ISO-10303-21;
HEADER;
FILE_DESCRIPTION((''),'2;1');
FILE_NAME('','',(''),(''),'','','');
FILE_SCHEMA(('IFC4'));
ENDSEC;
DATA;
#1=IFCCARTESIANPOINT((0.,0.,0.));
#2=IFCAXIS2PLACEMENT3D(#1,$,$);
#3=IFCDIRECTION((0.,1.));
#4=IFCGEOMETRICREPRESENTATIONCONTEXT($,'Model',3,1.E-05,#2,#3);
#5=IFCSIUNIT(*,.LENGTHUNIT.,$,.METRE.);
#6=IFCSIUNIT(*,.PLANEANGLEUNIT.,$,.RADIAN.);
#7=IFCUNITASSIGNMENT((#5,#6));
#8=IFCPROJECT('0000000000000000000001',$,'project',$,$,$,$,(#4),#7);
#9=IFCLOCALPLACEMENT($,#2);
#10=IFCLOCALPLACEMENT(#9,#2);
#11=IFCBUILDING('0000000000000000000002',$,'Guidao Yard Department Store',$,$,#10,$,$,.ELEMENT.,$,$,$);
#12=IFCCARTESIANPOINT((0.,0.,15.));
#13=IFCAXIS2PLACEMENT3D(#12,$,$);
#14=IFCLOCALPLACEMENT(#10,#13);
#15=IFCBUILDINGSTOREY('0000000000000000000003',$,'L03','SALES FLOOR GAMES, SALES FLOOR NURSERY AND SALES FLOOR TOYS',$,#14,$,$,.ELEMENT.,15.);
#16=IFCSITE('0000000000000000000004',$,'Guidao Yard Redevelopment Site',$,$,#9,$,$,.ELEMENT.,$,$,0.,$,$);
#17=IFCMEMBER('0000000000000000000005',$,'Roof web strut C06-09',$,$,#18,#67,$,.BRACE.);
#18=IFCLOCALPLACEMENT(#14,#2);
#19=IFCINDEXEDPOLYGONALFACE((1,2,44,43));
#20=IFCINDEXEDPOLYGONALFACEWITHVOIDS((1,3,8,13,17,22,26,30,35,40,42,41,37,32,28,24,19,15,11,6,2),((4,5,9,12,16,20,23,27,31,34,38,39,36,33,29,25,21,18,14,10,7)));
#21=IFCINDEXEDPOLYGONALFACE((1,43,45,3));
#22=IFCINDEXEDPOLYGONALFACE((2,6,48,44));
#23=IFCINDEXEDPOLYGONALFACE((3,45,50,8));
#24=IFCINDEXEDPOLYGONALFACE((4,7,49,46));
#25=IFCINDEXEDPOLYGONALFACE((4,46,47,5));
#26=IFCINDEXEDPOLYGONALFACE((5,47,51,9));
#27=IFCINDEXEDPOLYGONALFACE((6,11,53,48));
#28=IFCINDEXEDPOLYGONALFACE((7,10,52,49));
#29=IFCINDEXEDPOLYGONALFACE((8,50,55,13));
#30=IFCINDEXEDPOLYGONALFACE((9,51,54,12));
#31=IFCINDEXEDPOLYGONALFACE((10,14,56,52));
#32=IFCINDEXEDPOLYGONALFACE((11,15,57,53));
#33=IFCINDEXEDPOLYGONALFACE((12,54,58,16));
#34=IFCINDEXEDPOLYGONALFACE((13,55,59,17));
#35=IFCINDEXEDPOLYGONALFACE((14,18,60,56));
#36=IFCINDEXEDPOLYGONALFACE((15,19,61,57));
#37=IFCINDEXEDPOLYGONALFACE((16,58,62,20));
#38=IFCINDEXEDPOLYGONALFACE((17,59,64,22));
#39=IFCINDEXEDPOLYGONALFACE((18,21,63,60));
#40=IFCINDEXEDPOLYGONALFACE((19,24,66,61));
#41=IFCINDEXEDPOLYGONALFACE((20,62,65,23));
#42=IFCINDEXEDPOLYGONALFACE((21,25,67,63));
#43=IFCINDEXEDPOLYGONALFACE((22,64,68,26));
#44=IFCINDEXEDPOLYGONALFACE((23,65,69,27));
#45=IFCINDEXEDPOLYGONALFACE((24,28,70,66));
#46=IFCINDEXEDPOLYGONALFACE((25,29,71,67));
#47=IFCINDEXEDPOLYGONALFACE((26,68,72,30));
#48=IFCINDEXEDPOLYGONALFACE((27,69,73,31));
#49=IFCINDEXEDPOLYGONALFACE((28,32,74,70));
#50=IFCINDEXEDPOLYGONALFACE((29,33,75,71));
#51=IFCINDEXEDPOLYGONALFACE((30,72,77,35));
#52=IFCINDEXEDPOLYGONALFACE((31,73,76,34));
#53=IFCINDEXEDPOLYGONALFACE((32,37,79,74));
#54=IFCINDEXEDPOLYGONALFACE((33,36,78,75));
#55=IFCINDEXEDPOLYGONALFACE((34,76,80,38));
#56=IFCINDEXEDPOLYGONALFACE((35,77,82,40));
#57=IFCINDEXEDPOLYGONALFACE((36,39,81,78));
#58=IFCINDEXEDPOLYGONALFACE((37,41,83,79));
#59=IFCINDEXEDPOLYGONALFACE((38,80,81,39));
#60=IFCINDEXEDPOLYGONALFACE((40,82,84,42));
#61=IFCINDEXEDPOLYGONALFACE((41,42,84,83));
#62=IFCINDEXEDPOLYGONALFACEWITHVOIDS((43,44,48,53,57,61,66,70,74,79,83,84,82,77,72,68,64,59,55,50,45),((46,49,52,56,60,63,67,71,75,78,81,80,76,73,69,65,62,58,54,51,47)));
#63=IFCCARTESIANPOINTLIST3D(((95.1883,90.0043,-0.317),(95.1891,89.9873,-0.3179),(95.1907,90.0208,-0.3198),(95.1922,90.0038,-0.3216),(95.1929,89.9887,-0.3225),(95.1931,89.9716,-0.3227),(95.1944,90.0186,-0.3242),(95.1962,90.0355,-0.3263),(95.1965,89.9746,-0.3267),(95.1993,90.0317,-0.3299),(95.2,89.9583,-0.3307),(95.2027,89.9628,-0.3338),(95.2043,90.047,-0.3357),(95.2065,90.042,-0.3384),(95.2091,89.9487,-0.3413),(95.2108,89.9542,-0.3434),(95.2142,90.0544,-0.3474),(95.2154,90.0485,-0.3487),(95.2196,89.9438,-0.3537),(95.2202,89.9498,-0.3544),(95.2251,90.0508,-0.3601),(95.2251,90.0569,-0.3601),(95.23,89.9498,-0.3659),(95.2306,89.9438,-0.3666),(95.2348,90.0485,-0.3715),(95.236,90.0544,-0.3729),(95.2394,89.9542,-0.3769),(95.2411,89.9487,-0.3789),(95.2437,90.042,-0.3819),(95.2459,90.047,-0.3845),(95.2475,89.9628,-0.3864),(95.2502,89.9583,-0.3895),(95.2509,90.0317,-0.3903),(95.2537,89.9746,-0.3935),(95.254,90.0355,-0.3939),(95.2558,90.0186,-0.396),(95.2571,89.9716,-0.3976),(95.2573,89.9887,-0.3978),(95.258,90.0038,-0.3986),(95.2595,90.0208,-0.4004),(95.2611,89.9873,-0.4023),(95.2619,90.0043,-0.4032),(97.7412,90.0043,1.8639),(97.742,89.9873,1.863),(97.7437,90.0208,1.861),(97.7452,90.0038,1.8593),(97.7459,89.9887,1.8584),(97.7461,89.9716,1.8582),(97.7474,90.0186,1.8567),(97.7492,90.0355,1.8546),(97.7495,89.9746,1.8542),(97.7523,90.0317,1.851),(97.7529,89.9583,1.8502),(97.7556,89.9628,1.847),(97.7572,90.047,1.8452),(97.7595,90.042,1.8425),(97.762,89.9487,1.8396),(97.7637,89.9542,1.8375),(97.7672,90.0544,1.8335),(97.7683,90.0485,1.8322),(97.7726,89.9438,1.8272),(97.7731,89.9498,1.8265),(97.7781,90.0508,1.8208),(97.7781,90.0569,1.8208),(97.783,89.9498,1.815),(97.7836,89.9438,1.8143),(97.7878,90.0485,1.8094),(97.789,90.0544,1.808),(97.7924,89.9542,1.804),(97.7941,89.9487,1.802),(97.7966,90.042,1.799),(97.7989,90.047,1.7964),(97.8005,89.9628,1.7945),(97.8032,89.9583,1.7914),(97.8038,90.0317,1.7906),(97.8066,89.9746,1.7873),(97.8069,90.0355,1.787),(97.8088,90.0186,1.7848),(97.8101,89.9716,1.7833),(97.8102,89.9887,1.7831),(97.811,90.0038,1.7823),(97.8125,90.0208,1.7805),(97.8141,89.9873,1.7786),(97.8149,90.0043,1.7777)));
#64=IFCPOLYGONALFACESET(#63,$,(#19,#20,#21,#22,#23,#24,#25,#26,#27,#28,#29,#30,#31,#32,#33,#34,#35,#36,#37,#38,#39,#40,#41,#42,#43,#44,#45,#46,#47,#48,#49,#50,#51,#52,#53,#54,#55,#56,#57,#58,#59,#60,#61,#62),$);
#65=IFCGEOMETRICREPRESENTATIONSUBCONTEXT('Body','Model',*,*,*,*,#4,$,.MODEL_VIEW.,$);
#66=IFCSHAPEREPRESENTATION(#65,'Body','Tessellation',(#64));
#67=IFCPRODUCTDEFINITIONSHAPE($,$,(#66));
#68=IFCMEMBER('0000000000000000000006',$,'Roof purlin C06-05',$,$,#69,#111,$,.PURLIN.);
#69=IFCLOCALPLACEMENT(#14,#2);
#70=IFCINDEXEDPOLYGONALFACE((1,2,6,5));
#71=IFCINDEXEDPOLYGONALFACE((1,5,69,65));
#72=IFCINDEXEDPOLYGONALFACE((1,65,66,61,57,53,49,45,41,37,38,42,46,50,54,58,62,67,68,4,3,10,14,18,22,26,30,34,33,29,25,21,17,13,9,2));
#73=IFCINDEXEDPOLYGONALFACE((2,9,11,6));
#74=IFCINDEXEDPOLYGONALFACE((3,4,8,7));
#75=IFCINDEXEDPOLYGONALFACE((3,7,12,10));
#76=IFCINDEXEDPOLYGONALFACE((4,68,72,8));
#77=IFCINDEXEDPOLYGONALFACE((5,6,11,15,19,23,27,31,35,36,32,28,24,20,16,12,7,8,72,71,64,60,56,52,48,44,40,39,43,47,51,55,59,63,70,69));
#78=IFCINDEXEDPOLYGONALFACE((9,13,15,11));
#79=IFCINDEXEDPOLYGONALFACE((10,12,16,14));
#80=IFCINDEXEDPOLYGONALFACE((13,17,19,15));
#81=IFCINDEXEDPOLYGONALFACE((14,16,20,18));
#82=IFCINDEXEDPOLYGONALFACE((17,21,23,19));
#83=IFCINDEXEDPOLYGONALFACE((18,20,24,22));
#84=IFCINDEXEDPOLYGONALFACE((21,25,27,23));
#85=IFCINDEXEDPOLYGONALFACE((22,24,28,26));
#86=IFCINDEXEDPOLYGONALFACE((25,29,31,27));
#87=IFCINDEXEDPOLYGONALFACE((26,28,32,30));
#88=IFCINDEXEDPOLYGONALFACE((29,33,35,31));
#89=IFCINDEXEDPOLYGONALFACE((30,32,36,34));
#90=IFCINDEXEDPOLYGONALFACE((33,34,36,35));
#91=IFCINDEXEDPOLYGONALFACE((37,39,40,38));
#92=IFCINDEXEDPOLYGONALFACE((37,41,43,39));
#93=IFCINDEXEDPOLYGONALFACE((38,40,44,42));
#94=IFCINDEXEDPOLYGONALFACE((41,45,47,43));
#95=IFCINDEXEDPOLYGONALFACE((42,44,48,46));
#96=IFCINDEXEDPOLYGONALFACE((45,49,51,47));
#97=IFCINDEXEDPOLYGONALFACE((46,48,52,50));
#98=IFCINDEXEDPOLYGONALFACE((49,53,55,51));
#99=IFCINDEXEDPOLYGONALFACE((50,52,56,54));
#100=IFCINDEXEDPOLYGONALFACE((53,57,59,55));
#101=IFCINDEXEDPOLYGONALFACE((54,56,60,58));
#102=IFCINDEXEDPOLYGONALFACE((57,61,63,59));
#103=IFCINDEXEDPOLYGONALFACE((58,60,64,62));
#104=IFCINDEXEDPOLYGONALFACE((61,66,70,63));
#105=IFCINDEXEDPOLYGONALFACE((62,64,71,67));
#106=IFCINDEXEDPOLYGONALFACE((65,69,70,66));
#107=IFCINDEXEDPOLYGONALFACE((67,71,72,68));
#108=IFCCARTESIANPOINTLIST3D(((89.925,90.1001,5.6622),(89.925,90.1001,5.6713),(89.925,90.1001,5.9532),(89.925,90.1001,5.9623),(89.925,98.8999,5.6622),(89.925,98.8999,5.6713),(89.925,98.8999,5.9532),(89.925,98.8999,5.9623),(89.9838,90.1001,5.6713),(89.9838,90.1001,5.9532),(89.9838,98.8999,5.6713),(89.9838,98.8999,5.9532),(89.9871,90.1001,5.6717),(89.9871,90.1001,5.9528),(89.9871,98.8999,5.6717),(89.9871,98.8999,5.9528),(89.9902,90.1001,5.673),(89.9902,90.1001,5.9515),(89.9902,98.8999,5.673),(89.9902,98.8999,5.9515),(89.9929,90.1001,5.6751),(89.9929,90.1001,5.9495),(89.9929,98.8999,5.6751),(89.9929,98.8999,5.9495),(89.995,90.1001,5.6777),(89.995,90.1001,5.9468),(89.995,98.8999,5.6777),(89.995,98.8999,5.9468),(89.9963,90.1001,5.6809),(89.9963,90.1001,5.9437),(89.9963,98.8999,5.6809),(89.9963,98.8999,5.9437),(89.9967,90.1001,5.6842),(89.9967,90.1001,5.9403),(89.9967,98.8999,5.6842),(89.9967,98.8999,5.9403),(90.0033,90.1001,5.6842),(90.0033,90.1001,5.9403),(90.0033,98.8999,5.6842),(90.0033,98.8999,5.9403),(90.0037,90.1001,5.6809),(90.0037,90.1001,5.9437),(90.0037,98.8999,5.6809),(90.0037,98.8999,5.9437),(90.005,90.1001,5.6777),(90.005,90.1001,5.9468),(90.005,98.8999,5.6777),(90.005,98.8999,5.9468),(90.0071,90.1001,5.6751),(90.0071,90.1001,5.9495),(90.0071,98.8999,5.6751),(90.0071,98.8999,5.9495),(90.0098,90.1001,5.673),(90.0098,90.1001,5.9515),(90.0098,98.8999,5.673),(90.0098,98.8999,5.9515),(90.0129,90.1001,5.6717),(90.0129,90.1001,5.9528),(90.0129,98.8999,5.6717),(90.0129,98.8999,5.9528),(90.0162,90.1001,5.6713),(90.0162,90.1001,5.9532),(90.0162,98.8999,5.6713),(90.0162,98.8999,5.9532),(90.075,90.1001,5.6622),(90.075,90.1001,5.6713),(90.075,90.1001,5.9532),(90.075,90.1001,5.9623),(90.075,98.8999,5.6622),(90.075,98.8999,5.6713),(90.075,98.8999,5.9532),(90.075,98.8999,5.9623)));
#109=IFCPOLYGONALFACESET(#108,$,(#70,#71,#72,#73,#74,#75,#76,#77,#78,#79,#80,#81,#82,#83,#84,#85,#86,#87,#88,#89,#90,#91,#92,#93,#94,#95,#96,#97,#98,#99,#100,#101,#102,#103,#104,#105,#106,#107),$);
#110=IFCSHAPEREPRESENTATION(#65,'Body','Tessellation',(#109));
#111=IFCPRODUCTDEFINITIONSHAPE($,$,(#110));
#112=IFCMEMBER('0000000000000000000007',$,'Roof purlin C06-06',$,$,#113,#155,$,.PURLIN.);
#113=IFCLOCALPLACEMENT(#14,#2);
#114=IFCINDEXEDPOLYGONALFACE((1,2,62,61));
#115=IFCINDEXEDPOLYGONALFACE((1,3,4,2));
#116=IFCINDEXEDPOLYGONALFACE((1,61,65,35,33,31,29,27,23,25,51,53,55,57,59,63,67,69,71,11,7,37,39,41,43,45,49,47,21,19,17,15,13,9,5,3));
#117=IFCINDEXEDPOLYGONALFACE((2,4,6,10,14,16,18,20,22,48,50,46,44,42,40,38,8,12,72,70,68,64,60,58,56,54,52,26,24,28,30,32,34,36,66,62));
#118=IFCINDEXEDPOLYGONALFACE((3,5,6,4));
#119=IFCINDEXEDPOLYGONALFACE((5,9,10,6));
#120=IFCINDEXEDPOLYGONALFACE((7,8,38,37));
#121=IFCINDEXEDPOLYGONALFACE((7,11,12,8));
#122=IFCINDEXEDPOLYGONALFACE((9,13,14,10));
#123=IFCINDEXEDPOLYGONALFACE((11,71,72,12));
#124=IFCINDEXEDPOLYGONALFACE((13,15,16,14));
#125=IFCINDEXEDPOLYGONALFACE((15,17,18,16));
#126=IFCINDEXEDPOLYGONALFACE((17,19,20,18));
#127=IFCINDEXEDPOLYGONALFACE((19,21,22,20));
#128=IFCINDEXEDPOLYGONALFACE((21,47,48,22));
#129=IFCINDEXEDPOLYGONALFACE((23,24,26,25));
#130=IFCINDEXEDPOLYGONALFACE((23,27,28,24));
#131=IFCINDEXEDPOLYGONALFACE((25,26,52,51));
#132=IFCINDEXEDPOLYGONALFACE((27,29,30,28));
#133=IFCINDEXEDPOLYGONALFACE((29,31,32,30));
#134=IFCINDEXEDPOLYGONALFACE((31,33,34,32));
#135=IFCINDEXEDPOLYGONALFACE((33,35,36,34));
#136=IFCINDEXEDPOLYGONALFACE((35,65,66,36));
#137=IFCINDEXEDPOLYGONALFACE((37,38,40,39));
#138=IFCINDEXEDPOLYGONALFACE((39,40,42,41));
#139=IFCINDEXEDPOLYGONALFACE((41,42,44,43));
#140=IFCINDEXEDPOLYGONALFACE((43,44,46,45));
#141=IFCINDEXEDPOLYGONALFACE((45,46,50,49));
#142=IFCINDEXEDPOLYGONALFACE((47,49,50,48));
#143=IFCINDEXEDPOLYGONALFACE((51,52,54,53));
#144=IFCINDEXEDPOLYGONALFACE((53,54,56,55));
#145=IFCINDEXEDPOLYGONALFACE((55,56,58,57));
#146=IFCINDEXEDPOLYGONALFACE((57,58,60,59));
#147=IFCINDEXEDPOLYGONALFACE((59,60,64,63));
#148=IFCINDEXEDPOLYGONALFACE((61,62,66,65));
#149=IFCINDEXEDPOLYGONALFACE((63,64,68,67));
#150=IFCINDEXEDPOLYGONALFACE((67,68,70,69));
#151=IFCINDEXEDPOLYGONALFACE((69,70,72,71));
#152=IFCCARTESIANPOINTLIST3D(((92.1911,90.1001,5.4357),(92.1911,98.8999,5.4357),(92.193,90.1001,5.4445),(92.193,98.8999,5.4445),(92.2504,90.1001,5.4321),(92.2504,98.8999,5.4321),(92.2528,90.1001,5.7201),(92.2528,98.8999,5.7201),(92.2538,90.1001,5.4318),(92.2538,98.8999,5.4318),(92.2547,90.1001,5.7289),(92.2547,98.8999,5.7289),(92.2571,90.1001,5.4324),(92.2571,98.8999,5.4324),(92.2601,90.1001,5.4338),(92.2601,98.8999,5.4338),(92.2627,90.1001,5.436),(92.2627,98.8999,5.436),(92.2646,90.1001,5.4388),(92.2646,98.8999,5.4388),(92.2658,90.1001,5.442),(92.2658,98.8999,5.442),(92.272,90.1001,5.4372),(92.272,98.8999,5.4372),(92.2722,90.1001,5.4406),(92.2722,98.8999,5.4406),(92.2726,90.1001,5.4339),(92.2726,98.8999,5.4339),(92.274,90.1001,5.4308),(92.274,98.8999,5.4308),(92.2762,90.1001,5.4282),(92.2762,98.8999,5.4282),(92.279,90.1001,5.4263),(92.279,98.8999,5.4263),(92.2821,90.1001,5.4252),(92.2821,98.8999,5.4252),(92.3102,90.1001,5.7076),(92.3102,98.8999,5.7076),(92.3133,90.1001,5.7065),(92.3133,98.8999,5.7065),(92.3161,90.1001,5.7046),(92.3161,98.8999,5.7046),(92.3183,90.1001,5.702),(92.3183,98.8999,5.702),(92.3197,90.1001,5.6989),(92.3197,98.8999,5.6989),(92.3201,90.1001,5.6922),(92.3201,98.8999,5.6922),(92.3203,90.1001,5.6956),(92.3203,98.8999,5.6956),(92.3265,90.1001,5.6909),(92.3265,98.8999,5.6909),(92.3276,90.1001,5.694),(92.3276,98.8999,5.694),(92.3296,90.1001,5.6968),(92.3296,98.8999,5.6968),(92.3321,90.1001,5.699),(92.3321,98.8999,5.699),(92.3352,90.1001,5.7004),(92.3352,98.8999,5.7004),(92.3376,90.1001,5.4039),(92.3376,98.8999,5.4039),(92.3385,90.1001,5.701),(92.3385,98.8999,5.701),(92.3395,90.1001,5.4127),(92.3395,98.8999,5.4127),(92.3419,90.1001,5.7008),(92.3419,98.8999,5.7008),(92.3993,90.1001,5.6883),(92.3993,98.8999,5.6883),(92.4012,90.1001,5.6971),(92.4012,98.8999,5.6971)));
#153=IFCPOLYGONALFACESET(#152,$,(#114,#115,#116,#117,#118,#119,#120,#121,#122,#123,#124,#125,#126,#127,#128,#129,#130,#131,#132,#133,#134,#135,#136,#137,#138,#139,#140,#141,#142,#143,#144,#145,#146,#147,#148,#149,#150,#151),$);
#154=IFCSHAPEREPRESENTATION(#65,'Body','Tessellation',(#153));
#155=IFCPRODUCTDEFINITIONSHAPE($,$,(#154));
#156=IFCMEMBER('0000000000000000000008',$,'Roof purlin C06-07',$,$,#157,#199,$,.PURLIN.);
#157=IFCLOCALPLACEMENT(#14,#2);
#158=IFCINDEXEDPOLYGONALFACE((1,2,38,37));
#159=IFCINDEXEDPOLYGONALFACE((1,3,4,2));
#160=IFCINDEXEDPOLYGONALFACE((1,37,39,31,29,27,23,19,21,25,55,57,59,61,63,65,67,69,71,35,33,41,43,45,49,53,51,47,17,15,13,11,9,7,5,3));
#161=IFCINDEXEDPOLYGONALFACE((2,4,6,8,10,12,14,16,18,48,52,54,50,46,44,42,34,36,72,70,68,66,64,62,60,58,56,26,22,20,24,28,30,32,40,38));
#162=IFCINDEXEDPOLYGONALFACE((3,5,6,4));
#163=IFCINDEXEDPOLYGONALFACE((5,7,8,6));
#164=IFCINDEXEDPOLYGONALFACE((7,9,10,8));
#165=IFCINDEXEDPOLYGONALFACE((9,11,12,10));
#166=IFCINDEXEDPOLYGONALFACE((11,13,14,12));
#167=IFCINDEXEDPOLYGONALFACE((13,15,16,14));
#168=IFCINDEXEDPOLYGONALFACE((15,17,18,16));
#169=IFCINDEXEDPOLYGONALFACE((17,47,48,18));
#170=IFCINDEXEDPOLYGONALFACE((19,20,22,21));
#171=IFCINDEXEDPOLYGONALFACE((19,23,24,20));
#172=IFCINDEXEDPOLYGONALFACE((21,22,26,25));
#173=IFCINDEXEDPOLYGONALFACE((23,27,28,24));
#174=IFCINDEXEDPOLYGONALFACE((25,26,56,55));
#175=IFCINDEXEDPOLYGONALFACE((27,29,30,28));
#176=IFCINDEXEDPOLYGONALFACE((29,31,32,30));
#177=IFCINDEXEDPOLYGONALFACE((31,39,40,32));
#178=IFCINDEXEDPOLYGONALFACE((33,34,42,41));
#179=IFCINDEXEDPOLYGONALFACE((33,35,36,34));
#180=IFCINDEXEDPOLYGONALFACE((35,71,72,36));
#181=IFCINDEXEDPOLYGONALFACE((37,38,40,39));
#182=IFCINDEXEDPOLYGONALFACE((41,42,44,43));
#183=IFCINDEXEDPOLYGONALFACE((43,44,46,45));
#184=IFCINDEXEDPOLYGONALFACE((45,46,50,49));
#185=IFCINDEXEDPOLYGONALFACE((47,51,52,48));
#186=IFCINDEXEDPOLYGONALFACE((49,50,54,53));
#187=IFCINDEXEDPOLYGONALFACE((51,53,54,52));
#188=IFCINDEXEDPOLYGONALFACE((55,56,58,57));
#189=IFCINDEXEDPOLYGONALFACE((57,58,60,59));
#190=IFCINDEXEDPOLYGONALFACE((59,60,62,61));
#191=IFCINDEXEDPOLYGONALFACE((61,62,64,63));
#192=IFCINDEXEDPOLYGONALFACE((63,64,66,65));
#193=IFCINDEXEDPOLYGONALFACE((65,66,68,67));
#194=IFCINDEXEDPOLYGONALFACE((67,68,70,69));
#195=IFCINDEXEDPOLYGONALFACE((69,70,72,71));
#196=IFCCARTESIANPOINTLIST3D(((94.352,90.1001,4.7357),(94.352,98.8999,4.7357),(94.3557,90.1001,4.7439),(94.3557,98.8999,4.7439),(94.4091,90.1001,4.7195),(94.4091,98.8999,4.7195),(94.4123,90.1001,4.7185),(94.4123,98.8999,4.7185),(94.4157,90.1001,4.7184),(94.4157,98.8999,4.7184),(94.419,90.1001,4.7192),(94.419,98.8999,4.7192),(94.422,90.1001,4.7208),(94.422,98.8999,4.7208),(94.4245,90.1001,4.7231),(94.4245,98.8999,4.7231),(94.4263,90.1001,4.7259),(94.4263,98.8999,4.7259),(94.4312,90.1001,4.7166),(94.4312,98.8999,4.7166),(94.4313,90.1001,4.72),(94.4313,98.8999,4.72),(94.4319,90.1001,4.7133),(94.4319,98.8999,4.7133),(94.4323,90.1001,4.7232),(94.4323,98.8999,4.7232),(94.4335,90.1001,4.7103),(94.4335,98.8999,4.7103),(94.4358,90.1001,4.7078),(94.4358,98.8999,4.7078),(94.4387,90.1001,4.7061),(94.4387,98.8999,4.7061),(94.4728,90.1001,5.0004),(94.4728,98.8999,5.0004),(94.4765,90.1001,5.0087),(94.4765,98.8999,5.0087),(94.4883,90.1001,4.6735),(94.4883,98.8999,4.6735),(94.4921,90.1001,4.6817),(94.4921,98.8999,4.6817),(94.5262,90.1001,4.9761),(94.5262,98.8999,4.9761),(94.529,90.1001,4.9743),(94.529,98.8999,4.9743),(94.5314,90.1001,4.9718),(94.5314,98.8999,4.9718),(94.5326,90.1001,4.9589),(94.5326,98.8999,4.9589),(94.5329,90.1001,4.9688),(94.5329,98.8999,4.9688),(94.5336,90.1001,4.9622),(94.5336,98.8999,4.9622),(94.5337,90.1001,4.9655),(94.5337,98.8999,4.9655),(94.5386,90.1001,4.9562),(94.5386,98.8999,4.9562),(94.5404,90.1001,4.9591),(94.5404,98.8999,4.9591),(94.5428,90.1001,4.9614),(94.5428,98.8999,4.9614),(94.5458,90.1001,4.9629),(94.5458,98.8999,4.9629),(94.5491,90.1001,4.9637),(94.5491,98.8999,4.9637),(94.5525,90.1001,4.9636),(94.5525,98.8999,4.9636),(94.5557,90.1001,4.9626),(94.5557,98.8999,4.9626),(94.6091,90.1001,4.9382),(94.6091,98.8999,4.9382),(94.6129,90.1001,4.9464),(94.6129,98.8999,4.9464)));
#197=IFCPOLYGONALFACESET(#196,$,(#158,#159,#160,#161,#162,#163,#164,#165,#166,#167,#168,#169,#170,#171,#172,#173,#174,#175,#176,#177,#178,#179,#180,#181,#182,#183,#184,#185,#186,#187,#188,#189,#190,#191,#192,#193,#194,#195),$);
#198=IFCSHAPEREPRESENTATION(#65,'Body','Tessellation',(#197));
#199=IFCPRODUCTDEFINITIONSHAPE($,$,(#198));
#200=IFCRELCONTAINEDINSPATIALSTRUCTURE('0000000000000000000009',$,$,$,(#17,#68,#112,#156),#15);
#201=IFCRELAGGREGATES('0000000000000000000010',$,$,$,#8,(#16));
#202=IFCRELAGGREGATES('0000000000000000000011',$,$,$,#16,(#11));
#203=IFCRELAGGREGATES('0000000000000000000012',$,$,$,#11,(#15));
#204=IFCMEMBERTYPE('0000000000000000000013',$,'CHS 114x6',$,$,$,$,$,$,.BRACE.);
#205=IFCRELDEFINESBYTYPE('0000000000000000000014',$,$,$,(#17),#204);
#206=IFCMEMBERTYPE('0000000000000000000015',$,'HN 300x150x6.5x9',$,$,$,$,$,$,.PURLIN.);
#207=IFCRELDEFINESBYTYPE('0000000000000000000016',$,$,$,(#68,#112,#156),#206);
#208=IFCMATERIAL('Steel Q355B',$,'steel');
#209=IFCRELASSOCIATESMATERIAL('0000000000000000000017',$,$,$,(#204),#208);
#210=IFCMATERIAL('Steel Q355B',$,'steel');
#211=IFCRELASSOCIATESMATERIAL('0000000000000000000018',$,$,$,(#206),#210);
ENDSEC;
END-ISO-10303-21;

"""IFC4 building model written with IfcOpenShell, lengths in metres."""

from ifc_helpers import new_model, si_unit, direction, frame, origin, origin_2d, place, context, subcontext, project, spatial, hollow_circle, i_section, extrude, material, material_profile, profile_set, type_object, element, save


model = new_model("IFC4")

# Units and contexts
model_context = context("Model", 3, precision=1e-05, world=origin(), true_north=direction((0.0, 1.0)))
body_context = subcontext(model_context, "Body", "Model", "MODEL_VIEW")
ifc_project = project(units=[si_unit("LENGTHUNIT", "METRE"), si_unit("PLANEANGLEUNIT", "RADIAN")], contexts=[model_context])

# Site, building, storey
site_placement = place(None, origin())
site = spatial("IfcSite", under=ifc_project, at=site_placement, Name="Guidao Yard Redevelopment Site", CompositionType="ELEMENT", RefElevation=0.0)
building_placement = place(site_placement, origin())
building = spatial("IfcBuilding", under=site, at=building_placement, Name="Guidao Yard Department Store", CompositionType="ELEMENT")
storey_placement = place(building_placement, frame((0.0, 0.0, 15.0)))
storey = spatial("IfcBuildingStorey", under=building, at=storey_placement, Name="L03", Description="SALES FLOOR GAMES, SALES FLOOR NURSERY AND SALES FLOOR TOYS", CompositionType="ELEMENT", Elevation=15.0)

# Members
ifc_material_1 = material(Name="Steel Q355B", Category="steel")
ifc_material_profile_1 = material_profile(ifc_material_1, hollow_circle(Radius=0.0569, WallThickness=0.0061, at=origin_2d()), Name="CHS 114x6")
ifc_profile_set_1 = profile_set([ifc_material_profile_1], Name="Steel Q355B")
member_type_1 = type_object("IfcMemberType", Name="CHS 114x6", PredefinedType="BRACE", material=ifc_profile_set_1)
member_1_placement = place(storey_placement, frame((95.2251, 90.0, -0.3601), z_axis=(0.760339, 0.0, 0.649527), x_axis=(0.0, 1.0, 0.0)))
element("IfcMember", 1, at=member_1_placement, inside=storey, type_object=member_type_1, Name="Roof web strut C06-09", PredefinedType="BRACE", context=body_context, shape_type="SweptSolid", body=[
    extrude(hollow_circle(Radius=0.0569, WallThickness=0.0061, at=origin_2d()), origin(), (0.0, 0.0, 1.0), 3.3577),
])
ifc_material_2 = material(Name="Steel Q355B", Category="steel")
ifc_material_profile_2 = material_profile(ifc_material_2, i_section(OverallWidth=0.1499, OverallDepth=0.3, WebThickness=0.0066, FlangeThickness=0.009, FilletRadius=0.0129, at=origin_2d()), Name="HN 300x150x6.5x9")
ifc_profile_set_2 = profile_set([ifc_material_profile_2], Name="Steel Q355B")
member_type_2 = type_object("IfcMemberType", Name="HN 300x150x6.5x9", PredefinedType="PURLIN", material=ifc_profile_set_2)
for number, where, z_axis, x_axis, name in (
    (2, (90.0, 90.1001, 5.8123), (0.0, 1.0, 0.0), (-1.0, 0.0, 0.0), "Roof purlin C06-05"),
    (3, (92.2961, 90.1001, 5.5664), (0.0, 1.0, 0.0), (-0.977292, 0.0, 0.211897), "Roof purlin C06-06"),
    (4, (94.4824, 90.1001, 4.8411), (0.0, 1.0, 0.0), (-0.909751, 0.0, 0.415155), "Roof purlin C06-07"),
):
    element("IfcMember", number, at=place(storey_placement, frame(where, z_axis=z_axis, x_axis=x_axis)), inside=storey, type_object=member_type_2, Name=name, PredefinedType="PURLIN", context=body_context, shape_type="SweptSolid", body=[
        extrude(i_section(OverallWidth=0.1499, OverallDepth=0.3, WebThickness=0.0066, FlangeThickness=0.009, FilletRadius=0.0129, at=origin_2d()), origin(), (0.0, 0.0, 1.0), 8.7998),
    ])

save(model, "model.ifc")
